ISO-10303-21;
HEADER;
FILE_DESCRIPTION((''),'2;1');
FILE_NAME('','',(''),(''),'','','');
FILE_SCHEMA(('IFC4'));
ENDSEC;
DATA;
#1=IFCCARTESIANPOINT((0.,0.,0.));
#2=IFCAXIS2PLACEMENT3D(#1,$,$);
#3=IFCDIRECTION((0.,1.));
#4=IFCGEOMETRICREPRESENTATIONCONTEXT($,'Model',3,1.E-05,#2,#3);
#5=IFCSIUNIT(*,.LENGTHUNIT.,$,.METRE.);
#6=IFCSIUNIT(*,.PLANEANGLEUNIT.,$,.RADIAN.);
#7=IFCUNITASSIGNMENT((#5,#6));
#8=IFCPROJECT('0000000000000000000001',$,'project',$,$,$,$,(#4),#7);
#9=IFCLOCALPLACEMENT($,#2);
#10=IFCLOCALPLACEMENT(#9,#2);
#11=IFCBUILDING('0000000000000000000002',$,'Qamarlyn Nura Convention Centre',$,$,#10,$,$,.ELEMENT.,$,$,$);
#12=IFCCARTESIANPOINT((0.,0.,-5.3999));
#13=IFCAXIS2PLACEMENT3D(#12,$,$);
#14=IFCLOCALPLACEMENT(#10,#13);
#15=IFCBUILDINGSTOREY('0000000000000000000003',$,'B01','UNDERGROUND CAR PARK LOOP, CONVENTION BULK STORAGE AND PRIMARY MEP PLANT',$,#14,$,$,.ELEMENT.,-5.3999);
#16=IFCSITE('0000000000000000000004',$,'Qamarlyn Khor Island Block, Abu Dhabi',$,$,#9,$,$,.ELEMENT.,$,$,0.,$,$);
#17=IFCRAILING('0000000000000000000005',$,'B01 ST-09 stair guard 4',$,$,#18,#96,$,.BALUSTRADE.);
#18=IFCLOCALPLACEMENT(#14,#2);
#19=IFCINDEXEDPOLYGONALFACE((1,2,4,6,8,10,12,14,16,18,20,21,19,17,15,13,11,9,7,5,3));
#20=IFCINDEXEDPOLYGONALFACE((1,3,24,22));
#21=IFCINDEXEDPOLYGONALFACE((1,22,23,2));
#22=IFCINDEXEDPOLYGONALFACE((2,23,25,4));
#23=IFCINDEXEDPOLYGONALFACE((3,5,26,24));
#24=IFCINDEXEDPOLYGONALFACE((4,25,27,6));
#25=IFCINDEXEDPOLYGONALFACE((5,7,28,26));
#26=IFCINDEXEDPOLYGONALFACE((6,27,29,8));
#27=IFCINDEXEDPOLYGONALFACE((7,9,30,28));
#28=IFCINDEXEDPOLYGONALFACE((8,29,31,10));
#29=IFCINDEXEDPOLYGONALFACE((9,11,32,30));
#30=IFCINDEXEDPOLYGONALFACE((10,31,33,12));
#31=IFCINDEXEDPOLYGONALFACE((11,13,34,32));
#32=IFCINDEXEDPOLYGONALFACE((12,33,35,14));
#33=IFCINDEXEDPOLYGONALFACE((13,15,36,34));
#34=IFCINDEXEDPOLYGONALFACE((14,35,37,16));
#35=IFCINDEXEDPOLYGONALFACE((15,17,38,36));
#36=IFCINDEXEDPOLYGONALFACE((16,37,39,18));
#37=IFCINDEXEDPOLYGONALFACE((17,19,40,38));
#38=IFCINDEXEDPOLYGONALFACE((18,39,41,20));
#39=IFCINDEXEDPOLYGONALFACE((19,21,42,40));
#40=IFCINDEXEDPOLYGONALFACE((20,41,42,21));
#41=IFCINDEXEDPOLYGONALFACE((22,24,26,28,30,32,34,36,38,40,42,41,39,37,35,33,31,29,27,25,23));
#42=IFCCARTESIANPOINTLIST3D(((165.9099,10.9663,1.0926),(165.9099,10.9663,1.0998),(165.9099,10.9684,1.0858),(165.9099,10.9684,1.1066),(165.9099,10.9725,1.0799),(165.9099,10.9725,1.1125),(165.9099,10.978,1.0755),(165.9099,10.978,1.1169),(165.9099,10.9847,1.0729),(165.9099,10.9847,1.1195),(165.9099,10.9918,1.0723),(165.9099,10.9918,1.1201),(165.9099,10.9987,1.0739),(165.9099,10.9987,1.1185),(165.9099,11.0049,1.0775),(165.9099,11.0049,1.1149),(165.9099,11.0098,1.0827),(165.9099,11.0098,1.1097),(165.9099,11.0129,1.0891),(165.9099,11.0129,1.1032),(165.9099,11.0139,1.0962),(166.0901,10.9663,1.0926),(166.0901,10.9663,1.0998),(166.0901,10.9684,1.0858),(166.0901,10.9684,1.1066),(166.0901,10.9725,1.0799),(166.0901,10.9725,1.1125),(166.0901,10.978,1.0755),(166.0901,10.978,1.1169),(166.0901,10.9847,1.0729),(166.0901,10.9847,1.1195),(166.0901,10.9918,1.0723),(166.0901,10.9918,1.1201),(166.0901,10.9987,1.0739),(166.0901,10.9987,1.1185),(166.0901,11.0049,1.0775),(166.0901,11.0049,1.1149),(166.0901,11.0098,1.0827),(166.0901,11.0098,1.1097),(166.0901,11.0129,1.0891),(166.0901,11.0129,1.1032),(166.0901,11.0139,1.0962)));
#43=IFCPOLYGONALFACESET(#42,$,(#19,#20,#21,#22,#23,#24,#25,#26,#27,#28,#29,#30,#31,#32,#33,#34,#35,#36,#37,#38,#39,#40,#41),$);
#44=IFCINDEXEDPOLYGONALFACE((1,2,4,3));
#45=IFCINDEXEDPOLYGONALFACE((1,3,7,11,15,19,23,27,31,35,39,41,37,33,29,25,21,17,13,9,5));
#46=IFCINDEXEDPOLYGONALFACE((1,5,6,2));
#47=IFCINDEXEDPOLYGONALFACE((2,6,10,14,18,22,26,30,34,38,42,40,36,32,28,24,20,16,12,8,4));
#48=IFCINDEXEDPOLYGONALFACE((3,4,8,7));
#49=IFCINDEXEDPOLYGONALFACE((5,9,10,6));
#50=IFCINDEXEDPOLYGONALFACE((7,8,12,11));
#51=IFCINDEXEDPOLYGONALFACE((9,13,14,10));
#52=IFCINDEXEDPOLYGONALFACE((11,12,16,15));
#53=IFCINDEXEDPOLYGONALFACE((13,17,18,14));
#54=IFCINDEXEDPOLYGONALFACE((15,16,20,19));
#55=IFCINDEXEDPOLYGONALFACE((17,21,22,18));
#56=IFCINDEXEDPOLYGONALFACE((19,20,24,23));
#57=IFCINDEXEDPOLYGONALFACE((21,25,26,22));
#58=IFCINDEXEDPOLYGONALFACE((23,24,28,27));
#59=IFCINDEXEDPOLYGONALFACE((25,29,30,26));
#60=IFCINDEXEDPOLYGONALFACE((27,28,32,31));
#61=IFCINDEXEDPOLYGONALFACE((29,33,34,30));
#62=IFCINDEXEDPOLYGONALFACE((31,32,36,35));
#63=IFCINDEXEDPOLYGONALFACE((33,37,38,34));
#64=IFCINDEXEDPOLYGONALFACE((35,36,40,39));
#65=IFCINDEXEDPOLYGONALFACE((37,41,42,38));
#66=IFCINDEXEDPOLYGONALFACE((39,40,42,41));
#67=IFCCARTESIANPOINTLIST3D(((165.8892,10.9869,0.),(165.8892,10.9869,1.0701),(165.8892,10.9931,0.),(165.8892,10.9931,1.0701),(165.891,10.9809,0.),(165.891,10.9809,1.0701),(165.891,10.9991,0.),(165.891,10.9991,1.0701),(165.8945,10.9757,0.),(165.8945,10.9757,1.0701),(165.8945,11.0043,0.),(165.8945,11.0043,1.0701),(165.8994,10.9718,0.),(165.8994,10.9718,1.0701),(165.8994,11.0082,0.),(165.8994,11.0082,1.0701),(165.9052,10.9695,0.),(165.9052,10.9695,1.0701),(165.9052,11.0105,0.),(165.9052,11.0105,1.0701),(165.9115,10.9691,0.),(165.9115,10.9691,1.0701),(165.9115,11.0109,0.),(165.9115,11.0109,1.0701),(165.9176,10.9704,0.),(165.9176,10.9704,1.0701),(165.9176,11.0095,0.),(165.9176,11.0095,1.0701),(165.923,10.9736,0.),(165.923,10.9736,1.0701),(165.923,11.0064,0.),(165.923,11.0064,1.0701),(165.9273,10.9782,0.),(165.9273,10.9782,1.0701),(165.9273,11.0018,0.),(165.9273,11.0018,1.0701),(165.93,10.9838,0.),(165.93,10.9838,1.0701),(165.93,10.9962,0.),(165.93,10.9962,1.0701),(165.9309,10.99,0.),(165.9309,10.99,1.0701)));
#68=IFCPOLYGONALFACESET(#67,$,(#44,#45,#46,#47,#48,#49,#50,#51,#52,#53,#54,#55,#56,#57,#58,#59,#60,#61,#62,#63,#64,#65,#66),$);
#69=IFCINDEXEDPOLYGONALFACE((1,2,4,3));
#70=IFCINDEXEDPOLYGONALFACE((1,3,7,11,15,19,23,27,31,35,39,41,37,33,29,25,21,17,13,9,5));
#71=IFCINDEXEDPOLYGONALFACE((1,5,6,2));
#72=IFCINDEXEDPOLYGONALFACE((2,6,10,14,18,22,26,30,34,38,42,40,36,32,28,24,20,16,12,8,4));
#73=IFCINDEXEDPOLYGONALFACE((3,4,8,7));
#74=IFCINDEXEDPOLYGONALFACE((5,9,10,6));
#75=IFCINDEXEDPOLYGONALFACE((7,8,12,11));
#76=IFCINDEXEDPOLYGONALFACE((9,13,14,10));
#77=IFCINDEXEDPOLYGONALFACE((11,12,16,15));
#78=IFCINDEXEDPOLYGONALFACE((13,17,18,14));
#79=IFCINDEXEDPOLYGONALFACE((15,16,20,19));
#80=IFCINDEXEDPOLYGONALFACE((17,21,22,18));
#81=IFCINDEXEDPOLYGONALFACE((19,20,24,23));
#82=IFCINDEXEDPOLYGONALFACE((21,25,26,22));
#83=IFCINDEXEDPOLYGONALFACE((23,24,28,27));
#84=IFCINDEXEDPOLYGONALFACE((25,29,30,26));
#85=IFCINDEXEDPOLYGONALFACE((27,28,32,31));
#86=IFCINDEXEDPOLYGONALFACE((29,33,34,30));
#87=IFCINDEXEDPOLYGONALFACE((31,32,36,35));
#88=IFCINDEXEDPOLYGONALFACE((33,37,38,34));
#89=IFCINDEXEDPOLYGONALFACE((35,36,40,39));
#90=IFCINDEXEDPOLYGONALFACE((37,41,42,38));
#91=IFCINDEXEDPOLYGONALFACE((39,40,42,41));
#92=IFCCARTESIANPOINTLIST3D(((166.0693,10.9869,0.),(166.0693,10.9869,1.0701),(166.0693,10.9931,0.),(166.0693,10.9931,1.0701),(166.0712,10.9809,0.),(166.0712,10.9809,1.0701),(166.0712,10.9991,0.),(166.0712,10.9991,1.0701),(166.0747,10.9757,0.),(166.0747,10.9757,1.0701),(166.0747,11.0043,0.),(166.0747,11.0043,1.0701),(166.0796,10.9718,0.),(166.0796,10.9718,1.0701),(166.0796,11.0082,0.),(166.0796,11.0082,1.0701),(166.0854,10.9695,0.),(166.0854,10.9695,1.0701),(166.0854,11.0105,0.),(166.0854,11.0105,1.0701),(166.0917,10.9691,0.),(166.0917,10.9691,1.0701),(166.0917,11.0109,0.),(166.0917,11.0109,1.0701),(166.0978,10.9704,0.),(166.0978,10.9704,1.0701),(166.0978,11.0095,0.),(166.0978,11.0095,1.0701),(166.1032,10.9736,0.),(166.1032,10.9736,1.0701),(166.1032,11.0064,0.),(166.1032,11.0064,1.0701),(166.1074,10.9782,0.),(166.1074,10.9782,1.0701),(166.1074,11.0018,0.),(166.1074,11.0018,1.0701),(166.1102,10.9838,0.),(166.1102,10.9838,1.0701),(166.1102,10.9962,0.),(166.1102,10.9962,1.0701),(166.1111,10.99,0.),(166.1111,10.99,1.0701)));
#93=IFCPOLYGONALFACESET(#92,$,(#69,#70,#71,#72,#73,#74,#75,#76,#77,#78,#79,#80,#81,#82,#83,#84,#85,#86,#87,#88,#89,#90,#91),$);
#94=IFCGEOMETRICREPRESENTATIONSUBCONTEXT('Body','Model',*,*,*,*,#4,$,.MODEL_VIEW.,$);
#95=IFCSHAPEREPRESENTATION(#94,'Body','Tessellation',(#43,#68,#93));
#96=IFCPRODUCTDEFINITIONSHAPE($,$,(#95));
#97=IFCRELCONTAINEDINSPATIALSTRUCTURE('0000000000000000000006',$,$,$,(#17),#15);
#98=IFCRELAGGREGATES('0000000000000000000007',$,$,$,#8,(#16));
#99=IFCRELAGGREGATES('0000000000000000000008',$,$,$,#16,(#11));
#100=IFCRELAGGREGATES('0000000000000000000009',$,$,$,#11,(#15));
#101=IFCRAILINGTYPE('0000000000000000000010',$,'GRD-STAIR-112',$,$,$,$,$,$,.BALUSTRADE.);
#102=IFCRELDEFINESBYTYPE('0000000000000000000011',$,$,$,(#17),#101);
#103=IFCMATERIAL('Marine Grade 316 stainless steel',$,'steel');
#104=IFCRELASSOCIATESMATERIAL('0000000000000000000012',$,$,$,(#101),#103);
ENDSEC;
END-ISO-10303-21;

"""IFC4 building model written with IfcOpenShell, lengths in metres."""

from ifc_helpers import new_model, si_unit, direction, frame, origin, origin_2d, place, context, subcontext, project, spatial, circle, extrude, material, type_object, element, save


model = new_model("IFC4")

# Units and contexts
model_context = context("Model", 3, precision=1e-05, world=origin(), true_north=direction((0.0, 1.0)))
body_context = subcontext(model_context, "Body", "Model", "MODEL_VIEW")
ifc_project = project(units=[si_unit("LENGTHUNIT", "METRE"), si_unit("PLANEANGLEUNIT", "RADIAN")], contexts=[model_context])

# Site, building, storey
site_placement = place(None, origin())
site = spatial("IfcSite", under=ifc_project, at=site_placement, Name="Qamarlyn Khor Island Block, Abu Dhabi", CompositionType="ELEMENT", RefElevation=0.0)
building_placement = place(site_placement, origin())
building = spatial("IfcBuilding", under=site, at=building_placement, Name="Qamarlyn Nura Convention Centre", CompositionType="ELEMENT")
storey_placement = place(building_placement, frame((0.0, 0.0, -5.3999)))
storey = spatial("IfcBuildingStorey", under=building, at=storey_placement, Name="B01", Description="UNDERGROUND CAR PARK LOOP, CONVENTION BULK STORAGE AND PRIMARY MEP PLANT", CompositionType="ELEMENT", Elevation=-5.3999)

# Railing
ifc_material_1 = material(Name="Marine Grade 316 stainless steel", Category="steel")
railing_type_1 = type_object("IfcRailingType", Name="GRD-STAIR-112", PredefinedType="BALUSTRADE", material=ifc_material_1)
railing_1_placement = place(storey_placement, frame((165.9099, 10.99, 0.0)))
element("IfcRailing", 1, at=railing_1_placement, inside=storey, type_object=railing_type_1, Name="B01 ST-09 stair guard 4", PredefinedType="BALUSTRADE", context=body_context, shape_type="SweptSolid", body=[
    extrude(circle(Radius=0.0239, at=origin_2d()), frame((0.0, 0.0, 1.0962), z_axis=(1.0, 0.0, 0.0), x_axis=(0.0, 1.0, 0.0)), (0.0, 0.0, 1.0), 0.1802),
    extrude(circle(Radius=0.021, at=origin_2d()), origin(), (0.0, 0.0, 1.0), 1.0701),
    extrude(circle(Radius=0.021, at=origin_2d()), frame((0.1802, 0.0, 0.0)), (0.0, 0.0, 1.0), 1.0701),
])

save(model, "model.ifc")
